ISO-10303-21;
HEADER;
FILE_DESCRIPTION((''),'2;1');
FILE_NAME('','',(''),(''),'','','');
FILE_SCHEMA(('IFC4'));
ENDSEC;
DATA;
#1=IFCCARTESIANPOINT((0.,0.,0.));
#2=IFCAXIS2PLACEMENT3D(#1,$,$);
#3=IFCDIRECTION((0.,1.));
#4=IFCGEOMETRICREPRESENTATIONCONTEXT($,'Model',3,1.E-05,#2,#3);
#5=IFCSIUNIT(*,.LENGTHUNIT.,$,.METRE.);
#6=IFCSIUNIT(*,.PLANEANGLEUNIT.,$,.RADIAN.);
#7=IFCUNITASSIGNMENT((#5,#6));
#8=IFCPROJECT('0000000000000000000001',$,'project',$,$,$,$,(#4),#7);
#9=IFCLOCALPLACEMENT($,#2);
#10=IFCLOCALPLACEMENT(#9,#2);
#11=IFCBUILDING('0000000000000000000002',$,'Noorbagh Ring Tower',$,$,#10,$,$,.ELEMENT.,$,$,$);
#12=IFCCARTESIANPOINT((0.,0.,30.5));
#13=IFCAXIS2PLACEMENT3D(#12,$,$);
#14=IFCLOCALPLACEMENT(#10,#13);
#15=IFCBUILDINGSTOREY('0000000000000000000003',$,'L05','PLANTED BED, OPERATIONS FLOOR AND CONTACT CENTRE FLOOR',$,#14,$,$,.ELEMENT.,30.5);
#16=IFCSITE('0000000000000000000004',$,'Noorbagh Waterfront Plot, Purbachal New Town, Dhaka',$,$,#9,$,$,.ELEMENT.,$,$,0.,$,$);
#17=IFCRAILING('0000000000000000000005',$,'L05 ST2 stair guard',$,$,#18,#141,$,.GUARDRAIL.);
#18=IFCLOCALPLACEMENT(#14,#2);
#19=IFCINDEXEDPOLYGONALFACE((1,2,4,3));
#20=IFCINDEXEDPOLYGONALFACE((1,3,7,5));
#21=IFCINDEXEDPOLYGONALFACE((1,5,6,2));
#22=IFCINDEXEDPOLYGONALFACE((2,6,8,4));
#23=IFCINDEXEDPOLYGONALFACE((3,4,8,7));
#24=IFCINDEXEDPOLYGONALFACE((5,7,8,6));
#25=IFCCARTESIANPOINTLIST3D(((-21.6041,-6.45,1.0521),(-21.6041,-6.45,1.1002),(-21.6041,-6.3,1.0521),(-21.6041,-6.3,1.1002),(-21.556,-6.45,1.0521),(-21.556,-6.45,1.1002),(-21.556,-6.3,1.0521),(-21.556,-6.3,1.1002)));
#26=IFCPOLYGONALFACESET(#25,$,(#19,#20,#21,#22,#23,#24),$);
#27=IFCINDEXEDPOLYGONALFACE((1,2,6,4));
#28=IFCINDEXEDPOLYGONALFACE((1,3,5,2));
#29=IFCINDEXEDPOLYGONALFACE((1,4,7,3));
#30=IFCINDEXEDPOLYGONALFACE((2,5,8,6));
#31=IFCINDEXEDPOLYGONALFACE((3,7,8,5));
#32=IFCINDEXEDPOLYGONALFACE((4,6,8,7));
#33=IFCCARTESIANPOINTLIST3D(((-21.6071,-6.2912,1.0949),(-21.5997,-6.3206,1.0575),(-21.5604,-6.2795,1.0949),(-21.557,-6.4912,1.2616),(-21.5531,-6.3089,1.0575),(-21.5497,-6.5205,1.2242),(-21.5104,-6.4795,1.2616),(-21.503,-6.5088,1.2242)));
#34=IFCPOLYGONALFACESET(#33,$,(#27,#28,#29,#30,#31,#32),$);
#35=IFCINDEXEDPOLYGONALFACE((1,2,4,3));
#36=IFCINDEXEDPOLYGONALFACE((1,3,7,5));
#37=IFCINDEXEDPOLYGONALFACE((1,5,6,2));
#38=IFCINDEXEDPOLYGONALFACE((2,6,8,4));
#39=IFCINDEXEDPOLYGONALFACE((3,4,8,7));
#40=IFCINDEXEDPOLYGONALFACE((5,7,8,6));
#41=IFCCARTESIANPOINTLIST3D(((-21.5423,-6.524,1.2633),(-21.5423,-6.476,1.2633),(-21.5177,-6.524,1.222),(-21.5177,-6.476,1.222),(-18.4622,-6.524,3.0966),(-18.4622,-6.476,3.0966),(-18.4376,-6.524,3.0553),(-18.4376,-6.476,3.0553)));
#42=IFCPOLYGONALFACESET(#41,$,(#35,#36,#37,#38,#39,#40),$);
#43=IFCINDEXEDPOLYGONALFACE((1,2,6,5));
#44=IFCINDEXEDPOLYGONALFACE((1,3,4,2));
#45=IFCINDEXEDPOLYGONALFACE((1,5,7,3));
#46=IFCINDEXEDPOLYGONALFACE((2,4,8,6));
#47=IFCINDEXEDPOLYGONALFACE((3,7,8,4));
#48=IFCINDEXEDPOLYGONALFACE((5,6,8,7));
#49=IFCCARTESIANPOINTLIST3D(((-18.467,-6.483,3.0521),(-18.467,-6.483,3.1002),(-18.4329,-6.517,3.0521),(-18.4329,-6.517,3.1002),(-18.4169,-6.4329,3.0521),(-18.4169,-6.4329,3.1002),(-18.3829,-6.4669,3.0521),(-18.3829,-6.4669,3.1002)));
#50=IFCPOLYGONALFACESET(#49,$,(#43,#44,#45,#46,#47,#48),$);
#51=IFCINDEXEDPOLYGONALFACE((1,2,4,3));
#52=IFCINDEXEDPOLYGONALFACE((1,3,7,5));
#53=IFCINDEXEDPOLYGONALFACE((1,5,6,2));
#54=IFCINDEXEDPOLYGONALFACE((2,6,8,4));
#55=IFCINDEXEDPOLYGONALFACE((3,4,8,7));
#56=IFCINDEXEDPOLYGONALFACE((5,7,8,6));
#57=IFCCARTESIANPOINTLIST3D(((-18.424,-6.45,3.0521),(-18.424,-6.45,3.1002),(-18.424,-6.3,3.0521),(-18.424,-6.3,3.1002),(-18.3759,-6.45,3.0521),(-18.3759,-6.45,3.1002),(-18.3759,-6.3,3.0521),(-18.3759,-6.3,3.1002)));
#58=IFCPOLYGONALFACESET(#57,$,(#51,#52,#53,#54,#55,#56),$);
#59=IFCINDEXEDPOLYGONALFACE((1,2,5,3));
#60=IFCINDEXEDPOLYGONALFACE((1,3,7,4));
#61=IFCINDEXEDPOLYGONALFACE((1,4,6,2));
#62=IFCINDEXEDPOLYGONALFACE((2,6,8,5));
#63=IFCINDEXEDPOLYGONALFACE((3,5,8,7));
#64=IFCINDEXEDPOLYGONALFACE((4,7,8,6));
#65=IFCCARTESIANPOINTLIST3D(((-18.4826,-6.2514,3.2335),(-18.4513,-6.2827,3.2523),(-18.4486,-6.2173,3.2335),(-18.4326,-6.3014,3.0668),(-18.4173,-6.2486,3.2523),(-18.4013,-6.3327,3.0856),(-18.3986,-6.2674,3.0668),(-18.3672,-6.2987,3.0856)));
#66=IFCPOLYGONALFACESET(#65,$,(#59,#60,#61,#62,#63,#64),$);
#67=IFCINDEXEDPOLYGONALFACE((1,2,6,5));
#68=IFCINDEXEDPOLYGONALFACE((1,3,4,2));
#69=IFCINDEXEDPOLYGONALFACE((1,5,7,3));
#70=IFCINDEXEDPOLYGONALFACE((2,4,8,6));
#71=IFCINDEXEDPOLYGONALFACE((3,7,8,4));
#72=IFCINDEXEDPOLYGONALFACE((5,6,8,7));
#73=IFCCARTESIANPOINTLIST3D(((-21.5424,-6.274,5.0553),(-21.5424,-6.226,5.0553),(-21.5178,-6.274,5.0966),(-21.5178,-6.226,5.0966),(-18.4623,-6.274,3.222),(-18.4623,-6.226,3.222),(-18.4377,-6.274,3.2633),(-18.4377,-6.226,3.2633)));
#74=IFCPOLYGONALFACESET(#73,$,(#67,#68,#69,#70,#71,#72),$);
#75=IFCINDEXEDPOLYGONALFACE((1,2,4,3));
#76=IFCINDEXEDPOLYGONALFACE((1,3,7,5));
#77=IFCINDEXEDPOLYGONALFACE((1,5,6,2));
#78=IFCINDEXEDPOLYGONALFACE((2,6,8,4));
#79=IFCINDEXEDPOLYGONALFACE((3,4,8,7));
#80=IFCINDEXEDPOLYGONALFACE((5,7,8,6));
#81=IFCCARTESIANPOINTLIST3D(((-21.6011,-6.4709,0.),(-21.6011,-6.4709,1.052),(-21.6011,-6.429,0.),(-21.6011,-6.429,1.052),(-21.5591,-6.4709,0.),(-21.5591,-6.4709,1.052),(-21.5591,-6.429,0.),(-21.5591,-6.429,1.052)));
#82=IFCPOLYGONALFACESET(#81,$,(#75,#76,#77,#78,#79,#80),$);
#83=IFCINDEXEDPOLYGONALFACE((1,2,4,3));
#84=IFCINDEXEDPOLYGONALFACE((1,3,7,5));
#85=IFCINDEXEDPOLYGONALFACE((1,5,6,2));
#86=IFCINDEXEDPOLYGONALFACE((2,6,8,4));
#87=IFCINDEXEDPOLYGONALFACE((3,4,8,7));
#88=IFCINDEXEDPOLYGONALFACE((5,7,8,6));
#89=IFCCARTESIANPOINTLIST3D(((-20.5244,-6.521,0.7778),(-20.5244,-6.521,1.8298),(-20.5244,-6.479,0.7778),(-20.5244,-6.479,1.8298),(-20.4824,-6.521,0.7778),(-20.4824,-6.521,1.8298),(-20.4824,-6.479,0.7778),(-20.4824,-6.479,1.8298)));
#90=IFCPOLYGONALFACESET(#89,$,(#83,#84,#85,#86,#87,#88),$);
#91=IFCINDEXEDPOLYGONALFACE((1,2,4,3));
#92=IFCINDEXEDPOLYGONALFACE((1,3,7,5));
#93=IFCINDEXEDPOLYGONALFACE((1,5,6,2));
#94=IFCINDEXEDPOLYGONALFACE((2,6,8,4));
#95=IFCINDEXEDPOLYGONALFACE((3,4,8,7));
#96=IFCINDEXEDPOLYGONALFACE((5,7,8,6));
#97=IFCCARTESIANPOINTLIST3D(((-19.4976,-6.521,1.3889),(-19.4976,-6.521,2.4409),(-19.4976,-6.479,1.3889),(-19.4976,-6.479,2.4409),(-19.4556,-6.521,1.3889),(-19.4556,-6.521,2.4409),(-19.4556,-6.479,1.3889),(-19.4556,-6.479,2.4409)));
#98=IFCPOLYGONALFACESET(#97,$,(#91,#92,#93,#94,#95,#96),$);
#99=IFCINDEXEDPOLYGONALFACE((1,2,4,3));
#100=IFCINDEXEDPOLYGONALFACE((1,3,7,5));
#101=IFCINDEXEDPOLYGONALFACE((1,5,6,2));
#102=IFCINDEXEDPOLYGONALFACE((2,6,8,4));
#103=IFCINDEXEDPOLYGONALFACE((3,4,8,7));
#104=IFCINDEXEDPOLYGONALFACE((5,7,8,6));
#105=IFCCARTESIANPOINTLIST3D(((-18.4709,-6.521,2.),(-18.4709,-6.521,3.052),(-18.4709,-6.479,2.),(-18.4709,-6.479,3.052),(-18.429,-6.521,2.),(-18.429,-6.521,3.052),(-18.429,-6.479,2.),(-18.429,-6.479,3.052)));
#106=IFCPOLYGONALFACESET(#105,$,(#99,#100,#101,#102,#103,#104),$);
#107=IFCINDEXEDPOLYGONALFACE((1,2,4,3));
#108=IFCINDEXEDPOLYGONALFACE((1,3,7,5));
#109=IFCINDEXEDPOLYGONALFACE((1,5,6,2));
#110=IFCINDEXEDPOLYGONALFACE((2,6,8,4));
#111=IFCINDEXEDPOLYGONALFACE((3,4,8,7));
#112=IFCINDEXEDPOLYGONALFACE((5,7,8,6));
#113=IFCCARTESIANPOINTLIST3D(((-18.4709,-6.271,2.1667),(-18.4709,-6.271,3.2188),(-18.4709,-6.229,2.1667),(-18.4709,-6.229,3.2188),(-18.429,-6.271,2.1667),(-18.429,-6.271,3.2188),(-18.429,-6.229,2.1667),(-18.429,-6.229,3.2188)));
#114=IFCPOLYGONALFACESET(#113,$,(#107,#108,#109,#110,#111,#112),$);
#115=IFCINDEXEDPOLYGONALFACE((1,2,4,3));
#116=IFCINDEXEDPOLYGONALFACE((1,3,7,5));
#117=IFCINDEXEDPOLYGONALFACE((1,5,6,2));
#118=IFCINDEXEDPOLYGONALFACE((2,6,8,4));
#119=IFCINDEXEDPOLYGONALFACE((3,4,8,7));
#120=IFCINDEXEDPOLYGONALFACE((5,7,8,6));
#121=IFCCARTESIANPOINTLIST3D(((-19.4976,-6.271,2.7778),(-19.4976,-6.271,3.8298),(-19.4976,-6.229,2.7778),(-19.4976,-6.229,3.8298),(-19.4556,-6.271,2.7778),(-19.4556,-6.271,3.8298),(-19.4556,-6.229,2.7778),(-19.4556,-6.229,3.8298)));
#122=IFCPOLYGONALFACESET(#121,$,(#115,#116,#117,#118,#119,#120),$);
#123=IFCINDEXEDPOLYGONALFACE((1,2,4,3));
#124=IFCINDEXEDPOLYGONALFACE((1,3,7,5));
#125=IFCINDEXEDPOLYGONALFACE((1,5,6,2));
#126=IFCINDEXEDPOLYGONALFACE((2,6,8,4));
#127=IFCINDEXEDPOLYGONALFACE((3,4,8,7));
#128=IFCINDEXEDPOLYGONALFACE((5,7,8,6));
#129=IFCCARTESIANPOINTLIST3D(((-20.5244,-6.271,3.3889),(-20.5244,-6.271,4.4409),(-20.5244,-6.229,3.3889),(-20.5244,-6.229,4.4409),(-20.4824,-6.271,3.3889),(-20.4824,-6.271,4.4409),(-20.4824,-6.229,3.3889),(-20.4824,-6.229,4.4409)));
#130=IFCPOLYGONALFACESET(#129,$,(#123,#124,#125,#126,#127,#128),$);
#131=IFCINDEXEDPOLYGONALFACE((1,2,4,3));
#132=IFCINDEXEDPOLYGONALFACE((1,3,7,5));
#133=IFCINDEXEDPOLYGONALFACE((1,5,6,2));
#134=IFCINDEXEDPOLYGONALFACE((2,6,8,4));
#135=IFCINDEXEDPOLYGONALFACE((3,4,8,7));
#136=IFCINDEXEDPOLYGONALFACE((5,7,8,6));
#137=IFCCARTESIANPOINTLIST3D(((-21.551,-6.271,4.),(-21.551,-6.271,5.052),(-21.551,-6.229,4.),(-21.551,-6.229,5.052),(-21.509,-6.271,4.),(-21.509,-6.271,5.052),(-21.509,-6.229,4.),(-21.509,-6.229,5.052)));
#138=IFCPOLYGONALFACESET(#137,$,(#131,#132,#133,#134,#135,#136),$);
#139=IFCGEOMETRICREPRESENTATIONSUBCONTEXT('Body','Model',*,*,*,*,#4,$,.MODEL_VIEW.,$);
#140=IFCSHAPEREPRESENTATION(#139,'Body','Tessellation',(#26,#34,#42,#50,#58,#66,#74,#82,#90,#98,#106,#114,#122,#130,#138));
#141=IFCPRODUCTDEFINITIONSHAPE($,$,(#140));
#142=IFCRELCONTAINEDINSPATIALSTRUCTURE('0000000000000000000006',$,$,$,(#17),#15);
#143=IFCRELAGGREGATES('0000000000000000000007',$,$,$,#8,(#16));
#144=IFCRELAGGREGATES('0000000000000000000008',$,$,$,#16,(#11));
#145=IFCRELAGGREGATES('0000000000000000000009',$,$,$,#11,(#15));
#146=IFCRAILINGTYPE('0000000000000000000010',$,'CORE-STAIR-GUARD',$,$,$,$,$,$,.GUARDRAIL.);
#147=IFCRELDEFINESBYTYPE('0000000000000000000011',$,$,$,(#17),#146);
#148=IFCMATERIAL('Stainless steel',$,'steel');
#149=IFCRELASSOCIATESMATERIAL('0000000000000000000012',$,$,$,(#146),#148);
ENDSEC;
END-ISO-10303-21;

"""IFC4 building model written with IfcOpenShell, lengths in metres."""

from ifc_helpers import new_model, si_unit, direction, frame, origin, origin_2d, place, context, subcontext, project, spatial, rectangle, extrude, material, type_object, element, save


model = new_model("IFC4")

# Units and contexts
model_context = context("Model", 3, precision=1e-05, world=origin(), true_north=direction((0.0, 1.0)))
body_context = subcontext(model_context, "Body", "Model", "MODEL_VIEW")
ifc_project = project(units=[si_unit("LENGTHUNIT", "METRE"), si_unit("PLANEANGLEUNIT", "RADIAN")], contexts=[model_context])

# Site, building, storey
site_placement = place(None, origin())
site = spatial("IfcSite", under=ifc_project, at=site_placement, Name="Noorbagh Waterfront Plot, Purbachal New Town, Dhaka", CompositionType="ELEMENT", RefElevation=0.0)
building_placement = place(site_placement, origin())
building = spatial("IfcBuilding", under=site, at=building_placement, Name="Noorbagh Ring Tower", CompositionType="ELEMENT")
storey_placement = place(building_placement, frame((0.0, 0.0, 30.5)))
storey = spatial("IfcBuildingStorey", under=building, at=storey_placement, Name="L05", Description="PLANTED BED, OPERATIONS FLOOR AND CONTACT CENTRE FLOOR", CompositionType="ELEMENT", Elevation=30.5)

# Railing
ifc_material_1 = material(Name="Stainless steel", Category="steel")
railing_type_1 = type_object("IfcRailingType", Name="CORE-STAIR-GUARD", PredefinedType="GUARDRAIL", material=ifc_material_1)
railing_1_placement = place(storey_placement, frame((-21.5801, -6.45, 0.0)))
element("IfcRailing", 1, at=railing_1_placement, inside=storey, type_object=railing_type_1, Name="L05 ST2 stair guard", PredefinedType="GUARDRAIL", context=body_context, shape_type="SweptSolid", body=[
    extrude(rectangle(XDim=0.0481, YDim=0.0481, at=origin_2d()), frame((0.0, 0.0, 1.0762), z_axis=(0.0, 1.0, 0.0), x_axis=(-1.0, 0.0, 0.0)), (0.0, 0.0, 1.0), 0.1499),
    extrude(rectangle(XDim=0.0481, YDim=0.0481, at=origin_2d()), frame((0.0, 0.1499, 1.0762), z_axis=(0.188776, -0.754182, 0.628946), x_axis=(0.970073, 0.242814, 0.0)), (0.0, 0.0, 1.0), 0.2651),
    extrude(rectangle(XDim=0.0481, YDim=0.0481, at=origin_2d()), frame((0.05, -0.05, 1.2427), z_axis=(0.859309, 0.0, 0.511458), x_axis=(0.0, 1.0, 0.0)), (0.0, 0.0, 1.0), 3.5845),
    extrude(rectangle(XDim=0.0481, YDim=0.0481, at=origin_2d()), frame((3.1301, -0.05, 3.0762), z_axis=(0.707107, 0.707107, 0.0), x_axis=(-0.707107, 0.707107, 0.0)), (0.0, 0.0, 1.0), 0.0708),
    extrude(rectangle(XDim=0.0481, YDim=0.0481, at=origin_2d()), frame((3.1802, 0.0, 3.0762), z_axis=(0.0, 1.0, 0.0), x_axis=(-1.0, 0.0, 0.0)), (0.0, 0.0, 1.0), 0.1499),
    extrude(rectangle(XDim=0.0481, YDim=0.0481, at=origin_2d()), frame((3.1802, 0.1499, 3.0762), z_axis=(-0.276287, 0.276287, 0.920506), x_axis=(-0.707107, -0.707107, 0.0)), (0.0, 0.0, 1.0), 0.1812),
    extrude(rectangle(XDim=0.0481, YDim=0.0481, at=origin_2d()), frame((3.1301, 0.2, 3.2427), z_axis=(-0.859309, 0.0, 0.511458), x_axis=(0.0, -1.0, 0.0)), (0.0, 0.0, 1.0), 3.5845),
    extrude(rectangle(XDim=0.042, YDim=0.042, at=origin_2d()), origin(), (0.0, 0.0, 1.0), 1.052),
    extrude(rectangle(XDim=0.042, YDim=0.042, at=origin_2d()), frame((1.0767, -0.05, 0.7778)), (0.0, 0.0, 1.0), 1.052),
    extrude(rectangle(XDim=0.042, YDim=0.042, at=origin_2d()), frame((2.1035, -0.05, 1.3889)), (0.0, 0.0, 1.0), 1.052),
    extrude(rectangle(XDim=0.042, YDim=0.042, at=origin_2d()), frame((3.1301, -0.05, 2.0)), (0.0, 0.0, 1.0), 1.052),
    extrude(rectangle(XDim=0.042, YDim=0.042, at=origin_2d()), frame((3.1301, 0.2, 2.1667)), (0.0, 0.0, 1.0), 1.052),
    extrude(rectangle(XDim=0.042, YDim=0.042, at=origin_2d()), frame((2.1035, 0.2, 2.7778)), (0.0, 0.0, 1.0), 1.052),
    extrude(rectangle(XDim=0.042, YDim=0.042, at=origin_2d()), frame((1.0767, 0.2, 3.3889)), (0.0, 0.0, 1.0), 1.052),
    extrude(rectangle(XDim=0.042, YDim=0.042, at=origin_2d()), frame((0.05, 0.2, 4.0)), (0.0, 0.0, 1.0), 1.052),
])

save(model, "model.ifc")
